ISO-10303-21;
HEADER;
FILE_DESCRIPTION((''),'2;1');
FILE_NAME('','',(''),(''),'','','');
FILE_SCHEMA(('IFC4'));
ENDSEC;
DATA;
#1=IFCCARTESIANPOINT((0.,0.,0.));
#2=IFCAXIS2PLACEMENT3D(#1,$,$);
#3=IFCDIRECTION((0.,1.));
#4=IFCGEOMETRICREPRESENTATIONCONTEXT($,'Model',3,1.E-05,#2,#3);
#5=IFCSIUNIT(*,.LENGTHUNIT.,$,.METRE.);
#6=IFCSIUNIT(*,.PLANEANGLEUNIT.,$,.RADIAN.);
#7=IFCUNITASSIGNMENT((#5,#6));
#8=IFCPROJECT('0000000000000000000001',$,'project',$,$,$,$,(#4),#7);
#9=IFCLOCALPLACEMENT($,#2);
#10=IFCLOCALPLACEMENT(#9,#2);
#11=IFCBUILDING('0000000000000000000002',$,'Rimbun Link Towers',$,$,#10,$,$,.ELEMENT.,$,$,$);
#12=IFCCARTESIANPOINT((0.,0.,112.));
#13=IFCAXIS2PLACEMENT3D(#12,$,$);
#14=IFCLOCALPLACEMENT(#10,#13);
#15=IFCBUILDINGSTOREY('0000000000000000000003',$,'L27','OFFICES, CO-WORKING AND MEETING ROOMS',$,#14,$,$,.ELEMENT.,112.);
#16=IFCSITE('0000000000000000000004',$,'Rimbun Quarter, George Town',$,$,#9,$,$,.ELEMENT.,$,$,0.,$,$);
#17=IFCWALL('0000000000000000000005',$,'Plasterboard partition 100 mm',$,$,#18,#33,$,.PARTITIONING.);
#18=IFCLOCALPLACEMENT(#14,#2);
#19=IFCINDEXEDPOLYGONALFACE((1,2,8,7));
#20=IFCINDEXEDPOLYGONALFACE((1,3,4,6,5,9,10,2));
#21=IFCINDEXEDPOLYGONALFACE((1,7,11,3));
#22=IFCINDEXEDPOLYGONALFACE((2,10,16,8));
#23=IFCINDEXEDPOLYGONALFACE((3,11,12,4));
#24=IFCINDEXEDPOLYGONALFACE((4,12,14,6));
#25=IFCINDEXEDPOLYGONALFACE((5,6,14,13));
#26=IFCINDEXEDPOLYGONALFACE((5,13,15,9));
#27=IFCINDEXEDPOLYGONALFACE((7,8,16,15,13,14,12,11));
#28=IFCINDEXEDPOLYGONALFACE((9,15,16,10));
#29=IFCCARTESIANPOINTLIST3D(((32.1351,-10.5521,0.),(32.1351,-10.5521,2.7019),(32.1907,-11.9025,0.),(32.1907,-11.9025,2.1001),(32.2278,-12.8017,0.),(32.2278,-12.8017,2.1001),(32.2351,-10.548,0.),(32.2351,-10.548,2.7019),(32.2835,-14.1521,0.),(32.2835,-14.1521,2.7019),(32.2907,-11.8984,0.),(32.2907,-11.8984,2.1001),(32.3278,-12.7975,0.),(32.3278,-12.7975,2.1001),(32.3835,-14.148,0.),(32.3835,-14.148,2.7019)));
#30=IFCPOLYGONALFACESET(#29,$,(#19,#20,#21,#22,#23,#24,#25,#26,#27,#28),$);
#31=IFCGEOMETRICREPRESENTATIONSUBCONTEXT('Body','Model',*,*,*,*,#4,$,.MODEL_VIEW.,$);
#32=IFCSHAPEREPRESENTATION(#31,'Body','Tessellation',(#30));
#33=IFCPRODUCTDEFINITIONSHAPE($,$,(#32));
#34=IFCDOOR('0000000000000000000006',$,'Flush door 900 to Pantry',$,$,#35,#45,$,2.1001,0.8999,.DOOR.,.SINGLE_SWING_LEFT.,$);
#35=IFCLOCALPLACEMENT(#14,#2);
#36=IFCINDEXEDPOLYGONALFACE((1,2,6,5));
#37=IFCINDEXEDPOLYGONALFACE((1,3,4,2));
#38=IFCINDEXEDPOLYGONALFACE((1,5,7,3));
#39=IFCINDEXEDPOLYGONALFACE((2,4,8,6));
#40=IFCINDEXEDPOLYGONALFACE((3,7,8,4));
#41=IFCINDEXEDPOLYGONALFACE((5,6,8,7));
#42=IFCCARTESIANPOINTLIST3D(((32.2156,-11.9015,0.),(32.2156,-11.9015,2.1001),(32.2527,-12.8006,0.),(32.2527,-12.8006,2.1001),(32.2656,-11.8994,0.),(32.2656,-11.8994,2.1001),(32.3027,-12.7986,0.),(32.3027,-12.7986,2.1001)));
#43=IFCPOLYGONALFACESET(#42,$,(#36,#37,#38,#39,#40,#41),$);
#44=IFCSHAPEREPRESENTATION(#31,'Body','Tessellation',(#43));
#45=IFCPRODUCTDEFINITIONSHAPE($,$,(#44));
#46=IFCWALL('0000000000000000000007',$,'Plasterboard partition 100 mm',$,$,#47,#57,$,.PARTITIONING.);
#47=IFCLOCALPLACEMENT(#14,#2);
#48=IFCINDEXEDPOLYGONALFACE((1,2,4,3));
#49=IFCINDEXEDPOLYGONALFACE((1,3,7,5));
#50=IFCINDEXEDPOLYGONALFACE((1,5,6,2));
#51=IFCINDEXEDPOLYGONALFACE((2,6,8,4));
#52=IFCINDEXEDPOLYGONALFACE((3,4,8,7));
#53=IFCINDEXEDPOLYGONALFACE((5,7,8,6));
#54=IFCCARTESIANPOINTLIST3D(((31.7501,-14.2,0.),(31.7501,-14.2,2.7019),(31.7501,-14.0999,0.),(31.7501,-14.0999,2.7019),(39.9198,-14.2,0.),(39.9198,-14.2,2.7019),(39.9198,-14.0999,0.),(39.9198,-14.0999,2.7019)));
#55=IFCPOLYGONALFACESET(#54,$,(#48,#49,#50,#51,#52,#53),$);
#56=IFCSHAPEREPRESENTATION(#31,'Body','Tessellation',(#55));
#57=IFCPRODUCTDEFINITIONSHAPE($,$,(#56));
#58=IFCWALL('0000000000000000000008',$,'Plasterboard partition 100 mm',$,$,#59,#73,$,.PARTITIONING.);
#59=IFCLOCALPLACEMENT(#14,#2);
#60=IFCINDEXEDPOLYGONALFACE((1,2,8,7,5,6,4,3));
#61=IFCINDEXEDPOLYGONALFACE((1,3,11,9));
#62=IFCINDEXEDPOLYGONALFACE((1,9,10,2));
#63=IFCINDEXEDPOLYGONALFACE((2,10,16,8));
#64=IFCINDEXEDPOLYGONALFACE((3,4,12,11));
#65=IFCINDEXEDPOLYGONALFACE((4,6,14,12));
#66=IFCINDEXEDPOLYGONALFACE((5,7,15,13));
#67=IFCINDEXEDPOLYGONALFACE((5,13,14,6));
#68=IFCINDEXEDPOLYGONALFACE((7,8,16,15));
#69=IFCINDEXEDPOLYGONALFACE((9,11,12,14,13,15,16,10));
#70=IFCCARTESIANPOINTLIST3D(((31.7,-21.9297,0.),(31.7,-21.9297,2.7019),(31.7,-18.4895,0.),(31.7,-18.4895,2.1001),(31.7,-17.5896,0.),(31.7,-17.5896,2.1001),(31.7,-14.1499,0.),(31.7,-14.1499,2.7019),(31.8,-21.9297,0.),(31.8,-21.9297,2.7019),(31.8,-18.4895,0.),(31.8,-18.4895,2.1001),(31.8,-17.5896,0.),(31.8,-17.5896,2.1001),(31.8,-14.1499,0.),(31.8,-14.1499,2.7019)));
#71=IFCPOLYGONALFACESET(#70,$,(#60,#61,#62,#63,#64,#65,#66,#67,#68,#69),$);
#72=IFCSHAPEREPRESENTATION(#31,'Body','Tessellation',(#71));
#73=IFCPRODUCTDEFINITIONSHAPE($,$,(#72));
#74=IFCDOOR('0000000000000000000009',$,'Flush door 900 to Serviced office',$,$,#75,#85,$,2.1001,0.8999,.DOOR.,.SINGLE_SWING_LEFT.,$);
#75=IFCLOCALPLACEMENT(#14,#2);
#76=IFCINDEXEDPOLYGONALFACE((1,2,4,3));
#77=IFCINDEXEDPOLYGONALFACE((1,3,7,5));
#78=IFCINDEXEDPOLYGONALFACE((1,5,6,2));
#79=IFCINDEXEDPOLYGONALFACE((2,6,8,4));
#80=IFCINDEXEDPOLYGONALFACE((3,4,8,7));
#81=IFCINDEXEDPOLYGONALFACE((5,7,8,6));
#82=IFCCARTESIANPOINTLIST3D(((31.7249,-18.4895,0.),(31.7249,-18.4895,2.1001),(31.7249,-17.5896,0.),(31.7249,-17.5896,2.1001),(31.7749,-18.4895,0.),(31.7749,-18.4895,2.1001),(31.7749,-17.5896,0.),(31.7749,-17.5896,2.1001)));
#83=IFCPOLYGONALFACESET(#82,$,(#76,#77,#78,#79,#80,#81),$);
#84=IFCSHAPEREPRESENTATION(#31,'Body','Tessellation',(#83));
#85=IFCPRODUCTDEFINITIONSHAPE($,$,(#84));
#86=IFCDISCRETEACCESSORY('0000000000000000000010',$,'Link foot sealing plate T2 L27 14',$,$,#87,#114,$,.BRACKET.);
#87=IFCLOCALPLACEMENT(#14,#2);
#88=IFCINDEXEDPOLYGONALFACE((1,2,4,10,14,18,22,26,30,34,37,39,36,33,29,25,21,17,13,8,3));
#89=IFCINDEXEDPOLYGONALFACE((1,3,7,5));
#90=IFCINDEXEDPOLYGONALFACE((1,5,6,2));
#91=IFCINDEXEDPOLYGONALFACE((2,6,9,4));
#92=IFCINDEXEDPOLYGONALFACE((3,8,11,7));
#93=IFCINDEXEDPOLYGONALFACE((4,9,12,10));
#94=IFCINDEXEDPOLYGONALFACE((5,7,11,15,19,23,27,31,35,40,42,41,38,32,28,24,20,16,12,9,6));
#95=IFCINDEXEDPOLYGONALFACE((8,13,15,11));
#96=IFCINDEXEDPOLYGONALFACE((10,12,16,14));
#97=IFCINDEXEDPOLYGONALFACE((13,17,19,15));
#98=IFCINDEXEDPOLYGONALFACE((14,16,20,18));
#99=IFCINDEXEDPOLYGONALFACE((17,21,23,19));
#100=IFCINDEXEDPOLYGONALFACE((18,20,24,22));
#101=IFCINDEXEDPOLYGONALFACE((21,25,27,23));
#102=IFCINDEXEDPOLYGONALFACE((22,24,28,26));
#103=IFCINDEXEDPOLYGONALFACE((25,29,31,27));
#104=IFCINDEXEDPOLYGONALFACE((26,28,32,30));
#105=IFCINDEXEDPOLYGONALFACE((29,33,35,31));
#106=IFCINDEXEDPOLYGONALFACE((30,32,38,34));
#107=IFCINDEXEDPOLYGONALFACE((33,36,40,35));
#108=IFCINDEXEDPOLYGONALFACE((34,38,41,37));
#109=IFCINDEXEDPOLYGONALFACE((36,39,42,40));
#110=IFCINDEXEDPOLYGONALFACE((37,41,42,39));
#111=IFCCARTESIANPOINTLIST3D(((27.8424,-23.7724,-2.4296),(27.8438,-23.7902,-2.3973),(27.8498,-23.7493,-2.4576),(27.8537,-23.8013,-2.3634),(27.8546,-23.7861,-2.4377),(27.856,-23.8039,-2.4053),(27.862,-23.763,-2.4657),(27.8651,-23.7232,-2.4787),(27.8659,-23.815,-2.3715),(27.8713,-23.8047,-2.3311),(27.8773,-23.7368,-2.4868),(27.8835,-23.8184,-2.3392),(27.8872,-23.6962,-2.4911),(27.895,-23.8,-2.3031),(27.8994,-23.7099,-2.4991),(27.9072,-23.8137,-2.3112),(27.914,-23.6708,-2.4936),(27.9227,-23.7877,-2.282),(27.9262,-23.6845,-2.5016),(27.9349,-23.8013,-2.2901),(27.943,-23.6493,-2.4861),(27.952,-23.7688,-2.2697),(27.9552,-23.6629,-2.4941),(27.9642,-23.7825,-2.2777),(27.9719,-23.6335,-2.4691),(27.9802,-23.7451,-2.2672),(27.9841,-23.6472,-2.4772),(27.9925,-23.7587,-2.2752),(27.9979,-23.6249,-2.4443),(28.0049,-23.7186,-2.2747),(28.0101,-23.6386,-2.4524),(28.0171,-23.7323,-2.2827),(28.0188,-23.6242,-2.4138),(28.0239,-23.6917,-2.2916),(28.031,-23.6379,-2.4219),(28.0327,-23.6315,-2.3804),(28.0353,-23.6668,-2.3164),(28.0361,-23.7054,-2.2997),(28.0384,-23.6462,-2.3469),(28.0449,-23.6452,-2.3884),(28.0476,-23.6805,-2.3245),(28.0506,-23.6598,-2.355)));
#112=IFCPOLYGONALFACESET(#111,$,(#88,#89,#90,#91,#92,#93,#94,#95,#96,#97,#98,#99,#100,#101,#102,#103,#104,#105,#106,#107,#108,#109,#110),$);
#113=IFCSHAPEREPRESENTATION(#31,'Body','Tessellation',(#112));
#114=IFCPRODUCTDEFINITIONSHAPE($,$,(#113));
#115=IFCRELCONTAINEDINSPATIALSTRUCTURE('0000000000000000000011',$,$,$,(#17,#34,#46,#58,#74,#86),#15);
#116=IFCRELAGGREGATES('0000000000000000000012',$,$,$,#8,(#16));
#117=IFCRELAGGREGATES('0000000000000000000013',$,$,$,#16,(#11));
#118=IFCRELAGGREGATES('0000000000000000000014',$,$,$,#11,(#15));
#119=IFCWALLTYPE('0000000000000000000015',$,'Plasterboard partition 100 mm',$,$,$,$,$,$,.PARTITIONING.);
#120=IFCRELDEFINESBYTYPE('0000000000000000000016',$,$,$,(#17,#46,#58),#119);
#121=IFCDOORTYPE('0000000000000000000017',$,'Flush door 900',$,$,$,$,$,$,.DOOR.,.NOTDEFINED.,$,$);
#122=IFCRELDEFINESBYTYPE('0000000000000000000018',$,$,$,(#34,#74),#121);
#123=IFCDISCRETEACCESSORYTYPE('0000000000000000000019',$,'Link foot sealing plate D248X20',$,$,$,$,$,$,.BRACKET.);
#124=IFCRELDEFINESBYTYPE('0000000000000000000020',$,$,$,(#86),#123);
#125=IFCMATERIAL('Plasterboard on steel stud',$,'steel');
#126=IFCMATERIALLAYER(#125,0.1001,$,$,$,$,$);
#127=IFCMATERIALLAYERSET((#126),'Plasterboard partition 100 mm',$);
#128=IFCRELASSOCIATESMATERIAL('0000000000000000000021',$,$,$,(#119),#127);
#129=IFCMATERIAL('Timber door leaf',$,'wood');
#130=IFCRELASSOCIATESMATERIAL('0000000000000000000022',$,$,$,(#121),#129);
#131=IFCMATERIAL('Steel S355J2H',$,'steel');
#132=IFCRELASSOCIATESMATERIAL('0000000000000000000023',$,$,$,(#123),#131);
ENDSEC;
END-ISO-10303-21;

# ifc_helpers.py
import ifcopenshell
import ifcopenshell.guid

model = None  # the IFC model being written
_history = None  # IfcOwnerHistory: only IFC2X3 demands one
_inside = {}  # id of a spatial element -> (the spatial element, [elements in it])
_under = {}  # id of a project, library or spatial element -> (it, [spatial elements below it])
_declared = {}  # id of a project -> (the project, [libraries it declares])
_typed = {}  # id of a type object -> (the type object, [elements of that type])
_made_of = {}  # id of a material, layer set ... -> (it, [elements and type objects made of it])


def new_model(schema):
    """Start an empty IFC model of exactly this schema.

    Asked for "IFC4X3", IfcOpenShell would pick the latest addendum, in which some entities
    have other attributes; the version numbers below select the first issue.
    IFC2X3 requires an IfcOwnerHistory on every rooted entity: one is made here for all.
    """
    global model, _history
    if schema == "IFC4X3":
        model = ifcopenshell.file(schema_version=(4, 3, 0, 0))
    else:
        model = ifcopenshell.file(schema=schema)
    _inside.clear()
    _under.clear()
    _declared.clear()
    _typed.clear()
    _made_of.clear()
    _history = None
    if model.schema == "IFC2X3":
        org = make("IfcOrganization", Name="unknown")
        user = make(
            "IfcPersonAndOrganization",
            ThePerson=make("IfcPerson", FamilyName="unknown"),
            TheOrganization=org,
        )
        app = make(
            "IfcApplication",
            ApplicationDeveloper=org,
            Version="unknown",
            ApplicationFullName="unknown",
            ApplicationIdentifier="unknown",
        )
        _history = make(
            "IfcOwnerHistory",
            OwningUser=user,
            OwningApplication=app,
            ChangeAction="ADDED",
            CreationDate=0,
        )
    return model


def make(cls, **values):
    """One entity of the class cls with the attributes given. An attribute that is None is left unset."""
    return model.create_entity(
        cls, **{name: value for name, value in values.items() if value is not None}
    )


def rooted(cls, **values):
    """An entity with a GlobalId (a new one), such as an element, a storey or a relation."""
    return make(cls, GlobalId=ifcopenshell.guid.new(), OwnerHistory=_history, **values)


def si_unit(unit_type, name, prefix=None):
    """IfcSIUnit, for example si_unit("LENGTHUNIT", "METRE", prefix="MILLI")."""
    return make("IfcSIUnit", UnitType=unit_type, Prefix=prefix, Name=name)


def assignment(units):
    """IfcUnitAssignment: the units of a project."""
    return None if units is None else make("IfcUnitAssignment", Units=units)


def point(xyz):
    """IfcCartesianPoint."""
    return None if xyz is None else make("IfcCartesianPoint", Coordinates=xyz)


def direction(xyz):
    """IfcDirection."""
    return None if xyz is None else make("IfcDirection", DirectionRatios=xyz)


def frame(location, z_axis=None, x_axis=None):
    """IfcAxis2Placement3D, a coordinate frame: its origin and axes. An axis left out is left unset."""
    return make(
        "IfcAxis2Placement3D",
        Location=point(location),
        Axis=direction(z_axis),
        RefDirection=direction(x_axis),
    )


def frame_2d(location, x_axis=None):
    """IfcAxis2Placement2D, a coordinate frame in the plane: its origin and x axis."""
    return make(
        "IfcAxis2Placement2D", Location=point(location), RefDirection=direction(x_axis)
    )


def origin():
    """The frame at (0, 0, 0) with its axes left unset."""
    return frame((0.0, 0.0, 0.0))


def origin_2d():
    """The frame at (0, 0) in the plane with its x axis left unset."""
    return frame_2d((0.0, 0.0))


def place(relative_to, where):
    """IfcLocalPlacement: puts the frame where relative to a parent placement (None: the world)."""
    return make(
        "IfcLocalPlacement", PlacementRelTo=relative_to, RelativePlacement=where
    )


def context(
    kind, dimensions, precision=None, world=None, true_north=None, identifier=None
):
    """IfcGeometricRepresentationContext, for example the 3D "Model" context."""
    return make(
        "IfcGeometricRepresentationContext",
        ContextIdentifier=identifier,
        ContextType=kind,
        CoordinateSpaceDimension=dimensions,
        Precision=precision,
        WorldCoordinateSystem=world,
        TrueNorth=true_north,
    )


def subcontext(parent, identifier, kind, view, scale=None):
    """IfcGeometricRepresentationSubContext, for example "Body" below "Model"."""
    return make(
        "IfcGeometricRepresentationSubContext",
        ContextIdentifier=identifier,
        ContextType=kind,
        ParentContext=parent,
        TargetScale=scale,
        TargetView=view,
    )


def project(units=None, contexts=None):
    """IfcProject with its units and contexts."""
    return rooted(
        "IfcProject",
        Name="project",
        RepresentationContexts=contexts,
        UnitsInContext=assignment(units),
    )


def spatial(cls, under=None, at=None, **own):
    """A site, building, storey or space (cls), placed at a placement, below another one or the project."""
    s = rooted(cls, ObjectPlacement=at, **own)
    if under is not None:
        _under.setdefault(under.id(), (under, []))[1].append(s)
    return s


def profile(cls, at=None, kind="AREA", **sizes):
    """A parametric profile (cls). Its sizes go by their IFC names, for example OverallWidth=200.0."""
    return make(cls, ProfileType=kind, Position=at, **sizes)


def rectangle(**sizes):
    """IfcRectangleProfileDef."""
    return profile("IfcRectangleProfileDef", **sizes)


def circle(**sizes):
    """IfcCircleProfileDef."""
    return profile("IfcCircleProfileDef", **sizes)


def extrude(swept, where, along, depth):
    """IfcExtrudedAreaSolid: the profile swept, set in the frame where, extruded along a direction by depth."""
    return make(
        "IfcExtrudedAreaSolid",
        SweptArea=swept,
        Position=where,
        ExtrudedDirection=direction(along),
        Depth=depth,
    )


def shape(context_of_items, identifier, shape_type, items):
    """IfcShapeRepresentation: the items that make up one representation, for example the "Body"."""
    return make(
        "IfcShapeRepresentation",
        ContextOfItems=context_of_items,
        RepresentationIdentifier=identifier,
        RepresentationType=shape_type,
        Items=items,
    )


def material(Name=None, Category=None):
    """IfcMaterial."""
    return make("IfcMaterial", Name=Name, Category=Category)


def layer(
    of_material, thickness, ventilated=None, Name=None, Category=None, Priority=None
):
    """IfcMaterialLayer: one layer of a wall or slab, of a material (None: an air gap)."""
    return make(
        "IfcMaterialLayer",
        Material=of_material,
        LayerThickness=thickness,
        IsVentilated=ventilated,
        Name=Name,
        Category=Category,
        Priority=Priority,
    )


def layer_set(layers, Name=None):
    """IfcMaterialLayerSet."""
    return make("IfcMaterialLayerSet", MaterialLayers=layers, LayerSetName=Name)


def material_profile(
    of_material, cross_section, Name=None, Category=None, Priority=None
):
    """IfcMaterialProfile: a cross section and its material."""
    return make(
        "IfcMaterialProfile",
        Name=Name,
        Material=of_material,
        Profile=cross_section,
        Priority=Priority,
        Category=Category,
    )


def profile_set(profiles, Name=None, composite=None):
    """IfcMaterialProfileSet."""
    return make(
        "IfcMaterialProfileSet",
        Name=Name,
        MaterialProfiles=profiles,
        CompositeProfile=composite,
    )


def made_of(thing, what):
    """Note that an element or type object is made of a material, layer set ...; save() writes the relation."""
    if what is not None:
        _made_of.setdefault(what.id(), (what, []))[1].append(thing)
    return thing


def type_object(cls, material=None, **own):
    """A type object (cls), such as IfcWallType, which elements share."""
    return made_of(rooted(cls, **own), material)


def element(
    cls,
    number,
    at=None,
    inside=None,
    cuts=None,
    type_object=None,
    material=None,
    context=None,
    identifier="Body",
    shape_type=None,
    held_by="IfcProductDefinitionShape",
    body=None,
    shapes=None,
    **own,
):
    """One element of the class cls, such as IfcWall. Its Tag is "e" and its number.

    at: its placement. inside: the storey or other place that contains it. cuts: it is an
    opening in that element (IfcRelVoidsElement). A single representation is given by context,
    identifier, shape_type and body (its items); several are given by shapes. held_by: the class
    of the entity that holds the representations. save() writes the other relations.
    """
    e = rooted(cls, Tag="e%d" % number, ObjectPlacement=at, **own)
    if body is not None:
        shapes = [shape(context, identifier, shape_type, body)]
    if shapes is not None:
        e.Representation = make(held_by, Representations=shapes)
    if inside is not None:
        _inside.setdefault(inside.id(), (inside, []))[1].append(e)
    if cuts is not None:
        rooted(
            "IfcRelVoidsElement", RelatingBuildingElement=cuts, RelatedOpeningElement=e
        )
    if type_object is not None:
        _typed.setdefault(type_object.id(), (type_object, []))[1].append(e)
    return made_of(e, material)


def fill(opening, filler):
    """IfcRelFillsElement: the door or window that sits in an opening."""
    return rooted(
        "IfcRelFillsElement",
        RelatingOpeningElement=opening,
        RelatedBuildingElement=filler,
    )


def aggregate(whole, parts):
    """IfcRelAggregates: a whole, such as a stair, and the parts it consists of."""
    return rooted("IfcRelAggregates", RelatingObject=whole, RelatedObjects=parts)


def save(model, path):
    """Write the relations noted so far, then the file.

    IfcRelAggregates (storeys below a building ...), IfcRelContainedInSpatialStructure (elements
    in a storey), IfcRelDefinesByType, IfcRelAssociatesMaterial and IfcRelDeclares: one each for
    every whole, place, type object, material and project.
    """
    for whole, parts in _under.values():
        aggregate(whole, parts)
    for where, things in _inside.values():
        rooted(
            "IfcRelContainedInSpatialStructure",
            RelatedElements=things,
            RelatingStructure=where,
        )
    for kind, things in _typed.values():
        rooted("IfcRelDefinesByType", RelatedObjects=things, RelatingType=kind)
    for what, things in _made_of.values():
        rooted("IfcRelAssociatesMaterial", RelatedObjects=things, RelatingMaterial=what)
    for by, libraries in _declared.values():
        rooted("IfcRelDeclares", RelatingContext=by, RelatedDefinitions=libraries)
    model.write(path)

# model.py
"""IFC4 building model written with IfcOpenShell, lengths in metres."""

from ifc_helpers import new_model, si_unit, direction, frame, frame_2d, origin, origin_2d, place, context, subcontext, project, spatial, rectangle, circle, extrude, material, layer, layer_set, material_profile, profile_set, type_object, element, fill, save


model = new_model("IFC4")

# Units and contexts
model_context = context("Model", 3, precision=1e-05, world=origin(), true_north=direction((0.0, 1.0)))
body_context = subcontext(model_context, "Body", "Model", "MODEL_VIEW")
ifc_project = project(units=[si_unit("LENGTHUNIT", "METRE"), si_unit("PLANEANGLEUNIT", "RADIAN")], contexts=[model_context])

# Site, building, storey
site_placement = place(None, origin())
site = spatial("IfcSite", under=ifc_project, at=site_placement, Name="Rimbun Quarter, George Town", CompositionType="ELEMENT", RefElevation=0.0)
building_placement = place(site_placement, origin())
building = spatial("IfcBuilding", under=site, at=building_placement, Name="Rimbun Link Towers", CompositionType="ELEMENT")
storey_placement = place(building_placement, frame((0.0, 0.0, 112.0)))
storey = spatial("IfcBuildingStorey", under=building, at=storey_placement, Name="L27", Description="OFFICES, CO-WORKING AND MEETING ROOMS", CompositionType="ELEMENT", Elevation=112.0)

# Wall, opening, door
ifc_material_1 = material(Name="Plasterboard on steel stud", Category="steel")
ifc_layer_1 = layer(ifc_material_1, 0.1001)
ifc_layer_set_1 = layer_set([ifc_layer_1], Name="Plasterboard partition 100 mm")
wall_type = type_object("IfcWallType", Name="Plasterboard partition 100 mm", PredefinedType="PARTITIONING", material=ifc_layer_set_1)
ifc_material_2 = material(Name="Timber door leaf", Category="wood")
door_type_1 = type_object("IfcDoorType", Name="Flush door 900", OperationType="NOTDEFINED", PredefinedType="DOOR", material=ifc_material_2)
wall_1_placement = place(storey_placement, frame((32.1851, -10.55, 0.0), z_axis=(0.0, 0.0, 1.0), x_axis=(0.041199, -0.999151, 0.0)))
wall_1 = element("IfcWall", 1, at=wall_1_placement, inside=storey, type_object=wall_type, Name="Plasterboard partition 100 mm", PredefinedType="PARTITIONING", context=body_context, shape_type="SweptSolid", body=[
    extrude(rectangle(XDim=3.603, YDim=0.1001, at=frame_2d((1.8015, 0.0))), origin(), (0.0, 0.0, 1.0), 2.7019),
])
opening_1_placement = place(wall_1_placement, frame((1.3516, 0.0, 0.0)))
opening_1 = element("IfcOpeningElement", 2, at=opening_1_placement, cuts=wall_1, PredefinedType="OPENING", context=body_context, shape_type="SweptSolid", body=[
    extrude(rectangle(XDim=0.8999, YDim=2.1001, at=frame_2d((0.45, 1.05))), frame((0.0, 0.0601, 0.0), z_axis=(0.0, -1.0, 0.0), x_axis=(1.0, 0.0, 0.0)), (0.0, 0.0, 1.0), 0.1201),
])
door_1_placement = place(opening_1_placement, origin())
door_1 = element("IfcDoor", 3, at=door_1_placement, inside=storey, type_object=door_type_1, Name="Flush door 900 to Pantry", OperationType="SINGLE_SWING_LEFT", OverallHeight=2.1001, OverallWidth=0.8999, PredefinedType="DOOR", context=body_context, shape_type="SweptSolid", body=[
    extrude(rectangle(XDim=0.8999, YDim=2.1001, at=frame_2d((0.45, 1.05))), frame((0.0, 0.0249, 0.0), z_axis=(0.0, -1.0, 0.0), x_axis=(1.0, 0.0, 0.0)), (0.0, 0.0, 1.0), 0.05),
])
fill(opening_1, door_1)

# Wall
wall_2_placement = place(storey_placement, frame((31.75, -14.1499, 0.0), z_axis=(0.0, 0.0, 1.0), x_axis=(1.0, 0.0, 0.0)))
element("IfcWall", 4, at=wall_2_placement, inside=storey, type_object=wall_type, Name="Plasterboard partition 100 mm", PredefinedType="PARTITIONING", context=body_context, shape_type="SweptSolid", body=[
    extrude(rectangle(XDim=8.1697, YDim=0.1001, at=frame_2d((4.085, 0.0))), origin(), (0.0, 0.0, 1.0), 2.7019),
])

# Wall, opening, door
wall_3_placement = place(storey_placement, frame((31.75, -14.1499, 0.0), z_axis=(0.0, 0.0, 1.0), x_axis=(0.0, -1.0, 0.0)))
wall_3 = element("IfcWall", 5, at=wall_3_placement, inside=storey, type_object=wall_type, Name="Plasterboard partition 100 mm", PredefinedType="PARTITIONING", context=body_context, shape_type="SweptSolid", body=[
    extrude(rectangle(XDim=7.7798, YDim=0.1001, at=frame_2d((3.8899, 0.0))), origin(), (0.0, 0.0, 1.0), 2.7019),
])
opening_2_placement = place(wall_3_placement, frame((3.4397, 0.0, 0.0)))
opening_2 = element("IfcOpeningElement", 6, at=opening_2_placement, cuts=wall_3, PredefinedType="OPENING", context=body_context, shape_type="SweptSolid", body=[
    extrude(rectangle(XDim=0.8999, YDim=2.1001, at=frame_2d((0.45, 1.05))), frame((0.0, 0.0601, 0.0), z_axis=(0.0, -1.0, 0.0), x_axis=(1.0, 0.0, 0.0)), (0.0, 0.0, 1.0), 0.1201),
])
door_2_placement = place(opening_2_placement, origin())
door_2 = element("IfcDoor", 7, at=door_2_placement, inside=storey, type_object=door_type_1, Name="Flush door 900 to Serviced office", OperationType="SINGLE_SWING_LEFT", OverallHeight=2.1001, OverallWidth=0.8999, PredefinedType="DOOR", context=body_context, shape_type="SweptSolid", body=[
    extrude(rectangle(XDim=0.8999, YDim=2.1001, at=frame_2d((0.45, 1.05))), frame((0.0, 0.0249, 0.0), z_axis=(0.0, -1.0, 0.0), x_axis=(1.0, 0.0, 0.0)), (0.0, 0.0, 1.0), 0.05),
])
fill(opening_2, door_2)

# Discrete accessory
ifc_material_3 = material(Name="Steel S355J2H", Category="steel")
ifc_material_profile_1 = material_profile(ifc_material_3, circle(Radius=0.124, at=origin_2d()), Name="PL D248")
ifc_profile_set_1 = profile_set([ifc_material_profile_1], Name="Steel S355J2H")
discrete_accessory_type = type_object("IfcDiscreteAccessoryType", Name="Link foot sealing plate D248X20", PredefinedType="BRACKET", material=ifc_profile_set_1)
discrete_accessory_placement = place(storey_placement, frame((27.9402, -23.7141, -2.3804), z_axis=(0.609711, -0.682876, -0.402409), x_axis=(0.745938, 0.666016, 0.0)))
element("IfcDiscreteAccessory", 8, at=discrete_accessory_placement, inside=storey, type_object=discrete_accessory_type, Name="Link foot sealing plate T2 L27 14", PredefinedType="BRACKET", context=body_context, shape_type="SweptSolid", body=[
    extrude(circle(Radius=0.124, at=origin_2d()), origin(), (0.0, 0.0, 1.0), 0.02),
])

save(model, "model.ifc")
